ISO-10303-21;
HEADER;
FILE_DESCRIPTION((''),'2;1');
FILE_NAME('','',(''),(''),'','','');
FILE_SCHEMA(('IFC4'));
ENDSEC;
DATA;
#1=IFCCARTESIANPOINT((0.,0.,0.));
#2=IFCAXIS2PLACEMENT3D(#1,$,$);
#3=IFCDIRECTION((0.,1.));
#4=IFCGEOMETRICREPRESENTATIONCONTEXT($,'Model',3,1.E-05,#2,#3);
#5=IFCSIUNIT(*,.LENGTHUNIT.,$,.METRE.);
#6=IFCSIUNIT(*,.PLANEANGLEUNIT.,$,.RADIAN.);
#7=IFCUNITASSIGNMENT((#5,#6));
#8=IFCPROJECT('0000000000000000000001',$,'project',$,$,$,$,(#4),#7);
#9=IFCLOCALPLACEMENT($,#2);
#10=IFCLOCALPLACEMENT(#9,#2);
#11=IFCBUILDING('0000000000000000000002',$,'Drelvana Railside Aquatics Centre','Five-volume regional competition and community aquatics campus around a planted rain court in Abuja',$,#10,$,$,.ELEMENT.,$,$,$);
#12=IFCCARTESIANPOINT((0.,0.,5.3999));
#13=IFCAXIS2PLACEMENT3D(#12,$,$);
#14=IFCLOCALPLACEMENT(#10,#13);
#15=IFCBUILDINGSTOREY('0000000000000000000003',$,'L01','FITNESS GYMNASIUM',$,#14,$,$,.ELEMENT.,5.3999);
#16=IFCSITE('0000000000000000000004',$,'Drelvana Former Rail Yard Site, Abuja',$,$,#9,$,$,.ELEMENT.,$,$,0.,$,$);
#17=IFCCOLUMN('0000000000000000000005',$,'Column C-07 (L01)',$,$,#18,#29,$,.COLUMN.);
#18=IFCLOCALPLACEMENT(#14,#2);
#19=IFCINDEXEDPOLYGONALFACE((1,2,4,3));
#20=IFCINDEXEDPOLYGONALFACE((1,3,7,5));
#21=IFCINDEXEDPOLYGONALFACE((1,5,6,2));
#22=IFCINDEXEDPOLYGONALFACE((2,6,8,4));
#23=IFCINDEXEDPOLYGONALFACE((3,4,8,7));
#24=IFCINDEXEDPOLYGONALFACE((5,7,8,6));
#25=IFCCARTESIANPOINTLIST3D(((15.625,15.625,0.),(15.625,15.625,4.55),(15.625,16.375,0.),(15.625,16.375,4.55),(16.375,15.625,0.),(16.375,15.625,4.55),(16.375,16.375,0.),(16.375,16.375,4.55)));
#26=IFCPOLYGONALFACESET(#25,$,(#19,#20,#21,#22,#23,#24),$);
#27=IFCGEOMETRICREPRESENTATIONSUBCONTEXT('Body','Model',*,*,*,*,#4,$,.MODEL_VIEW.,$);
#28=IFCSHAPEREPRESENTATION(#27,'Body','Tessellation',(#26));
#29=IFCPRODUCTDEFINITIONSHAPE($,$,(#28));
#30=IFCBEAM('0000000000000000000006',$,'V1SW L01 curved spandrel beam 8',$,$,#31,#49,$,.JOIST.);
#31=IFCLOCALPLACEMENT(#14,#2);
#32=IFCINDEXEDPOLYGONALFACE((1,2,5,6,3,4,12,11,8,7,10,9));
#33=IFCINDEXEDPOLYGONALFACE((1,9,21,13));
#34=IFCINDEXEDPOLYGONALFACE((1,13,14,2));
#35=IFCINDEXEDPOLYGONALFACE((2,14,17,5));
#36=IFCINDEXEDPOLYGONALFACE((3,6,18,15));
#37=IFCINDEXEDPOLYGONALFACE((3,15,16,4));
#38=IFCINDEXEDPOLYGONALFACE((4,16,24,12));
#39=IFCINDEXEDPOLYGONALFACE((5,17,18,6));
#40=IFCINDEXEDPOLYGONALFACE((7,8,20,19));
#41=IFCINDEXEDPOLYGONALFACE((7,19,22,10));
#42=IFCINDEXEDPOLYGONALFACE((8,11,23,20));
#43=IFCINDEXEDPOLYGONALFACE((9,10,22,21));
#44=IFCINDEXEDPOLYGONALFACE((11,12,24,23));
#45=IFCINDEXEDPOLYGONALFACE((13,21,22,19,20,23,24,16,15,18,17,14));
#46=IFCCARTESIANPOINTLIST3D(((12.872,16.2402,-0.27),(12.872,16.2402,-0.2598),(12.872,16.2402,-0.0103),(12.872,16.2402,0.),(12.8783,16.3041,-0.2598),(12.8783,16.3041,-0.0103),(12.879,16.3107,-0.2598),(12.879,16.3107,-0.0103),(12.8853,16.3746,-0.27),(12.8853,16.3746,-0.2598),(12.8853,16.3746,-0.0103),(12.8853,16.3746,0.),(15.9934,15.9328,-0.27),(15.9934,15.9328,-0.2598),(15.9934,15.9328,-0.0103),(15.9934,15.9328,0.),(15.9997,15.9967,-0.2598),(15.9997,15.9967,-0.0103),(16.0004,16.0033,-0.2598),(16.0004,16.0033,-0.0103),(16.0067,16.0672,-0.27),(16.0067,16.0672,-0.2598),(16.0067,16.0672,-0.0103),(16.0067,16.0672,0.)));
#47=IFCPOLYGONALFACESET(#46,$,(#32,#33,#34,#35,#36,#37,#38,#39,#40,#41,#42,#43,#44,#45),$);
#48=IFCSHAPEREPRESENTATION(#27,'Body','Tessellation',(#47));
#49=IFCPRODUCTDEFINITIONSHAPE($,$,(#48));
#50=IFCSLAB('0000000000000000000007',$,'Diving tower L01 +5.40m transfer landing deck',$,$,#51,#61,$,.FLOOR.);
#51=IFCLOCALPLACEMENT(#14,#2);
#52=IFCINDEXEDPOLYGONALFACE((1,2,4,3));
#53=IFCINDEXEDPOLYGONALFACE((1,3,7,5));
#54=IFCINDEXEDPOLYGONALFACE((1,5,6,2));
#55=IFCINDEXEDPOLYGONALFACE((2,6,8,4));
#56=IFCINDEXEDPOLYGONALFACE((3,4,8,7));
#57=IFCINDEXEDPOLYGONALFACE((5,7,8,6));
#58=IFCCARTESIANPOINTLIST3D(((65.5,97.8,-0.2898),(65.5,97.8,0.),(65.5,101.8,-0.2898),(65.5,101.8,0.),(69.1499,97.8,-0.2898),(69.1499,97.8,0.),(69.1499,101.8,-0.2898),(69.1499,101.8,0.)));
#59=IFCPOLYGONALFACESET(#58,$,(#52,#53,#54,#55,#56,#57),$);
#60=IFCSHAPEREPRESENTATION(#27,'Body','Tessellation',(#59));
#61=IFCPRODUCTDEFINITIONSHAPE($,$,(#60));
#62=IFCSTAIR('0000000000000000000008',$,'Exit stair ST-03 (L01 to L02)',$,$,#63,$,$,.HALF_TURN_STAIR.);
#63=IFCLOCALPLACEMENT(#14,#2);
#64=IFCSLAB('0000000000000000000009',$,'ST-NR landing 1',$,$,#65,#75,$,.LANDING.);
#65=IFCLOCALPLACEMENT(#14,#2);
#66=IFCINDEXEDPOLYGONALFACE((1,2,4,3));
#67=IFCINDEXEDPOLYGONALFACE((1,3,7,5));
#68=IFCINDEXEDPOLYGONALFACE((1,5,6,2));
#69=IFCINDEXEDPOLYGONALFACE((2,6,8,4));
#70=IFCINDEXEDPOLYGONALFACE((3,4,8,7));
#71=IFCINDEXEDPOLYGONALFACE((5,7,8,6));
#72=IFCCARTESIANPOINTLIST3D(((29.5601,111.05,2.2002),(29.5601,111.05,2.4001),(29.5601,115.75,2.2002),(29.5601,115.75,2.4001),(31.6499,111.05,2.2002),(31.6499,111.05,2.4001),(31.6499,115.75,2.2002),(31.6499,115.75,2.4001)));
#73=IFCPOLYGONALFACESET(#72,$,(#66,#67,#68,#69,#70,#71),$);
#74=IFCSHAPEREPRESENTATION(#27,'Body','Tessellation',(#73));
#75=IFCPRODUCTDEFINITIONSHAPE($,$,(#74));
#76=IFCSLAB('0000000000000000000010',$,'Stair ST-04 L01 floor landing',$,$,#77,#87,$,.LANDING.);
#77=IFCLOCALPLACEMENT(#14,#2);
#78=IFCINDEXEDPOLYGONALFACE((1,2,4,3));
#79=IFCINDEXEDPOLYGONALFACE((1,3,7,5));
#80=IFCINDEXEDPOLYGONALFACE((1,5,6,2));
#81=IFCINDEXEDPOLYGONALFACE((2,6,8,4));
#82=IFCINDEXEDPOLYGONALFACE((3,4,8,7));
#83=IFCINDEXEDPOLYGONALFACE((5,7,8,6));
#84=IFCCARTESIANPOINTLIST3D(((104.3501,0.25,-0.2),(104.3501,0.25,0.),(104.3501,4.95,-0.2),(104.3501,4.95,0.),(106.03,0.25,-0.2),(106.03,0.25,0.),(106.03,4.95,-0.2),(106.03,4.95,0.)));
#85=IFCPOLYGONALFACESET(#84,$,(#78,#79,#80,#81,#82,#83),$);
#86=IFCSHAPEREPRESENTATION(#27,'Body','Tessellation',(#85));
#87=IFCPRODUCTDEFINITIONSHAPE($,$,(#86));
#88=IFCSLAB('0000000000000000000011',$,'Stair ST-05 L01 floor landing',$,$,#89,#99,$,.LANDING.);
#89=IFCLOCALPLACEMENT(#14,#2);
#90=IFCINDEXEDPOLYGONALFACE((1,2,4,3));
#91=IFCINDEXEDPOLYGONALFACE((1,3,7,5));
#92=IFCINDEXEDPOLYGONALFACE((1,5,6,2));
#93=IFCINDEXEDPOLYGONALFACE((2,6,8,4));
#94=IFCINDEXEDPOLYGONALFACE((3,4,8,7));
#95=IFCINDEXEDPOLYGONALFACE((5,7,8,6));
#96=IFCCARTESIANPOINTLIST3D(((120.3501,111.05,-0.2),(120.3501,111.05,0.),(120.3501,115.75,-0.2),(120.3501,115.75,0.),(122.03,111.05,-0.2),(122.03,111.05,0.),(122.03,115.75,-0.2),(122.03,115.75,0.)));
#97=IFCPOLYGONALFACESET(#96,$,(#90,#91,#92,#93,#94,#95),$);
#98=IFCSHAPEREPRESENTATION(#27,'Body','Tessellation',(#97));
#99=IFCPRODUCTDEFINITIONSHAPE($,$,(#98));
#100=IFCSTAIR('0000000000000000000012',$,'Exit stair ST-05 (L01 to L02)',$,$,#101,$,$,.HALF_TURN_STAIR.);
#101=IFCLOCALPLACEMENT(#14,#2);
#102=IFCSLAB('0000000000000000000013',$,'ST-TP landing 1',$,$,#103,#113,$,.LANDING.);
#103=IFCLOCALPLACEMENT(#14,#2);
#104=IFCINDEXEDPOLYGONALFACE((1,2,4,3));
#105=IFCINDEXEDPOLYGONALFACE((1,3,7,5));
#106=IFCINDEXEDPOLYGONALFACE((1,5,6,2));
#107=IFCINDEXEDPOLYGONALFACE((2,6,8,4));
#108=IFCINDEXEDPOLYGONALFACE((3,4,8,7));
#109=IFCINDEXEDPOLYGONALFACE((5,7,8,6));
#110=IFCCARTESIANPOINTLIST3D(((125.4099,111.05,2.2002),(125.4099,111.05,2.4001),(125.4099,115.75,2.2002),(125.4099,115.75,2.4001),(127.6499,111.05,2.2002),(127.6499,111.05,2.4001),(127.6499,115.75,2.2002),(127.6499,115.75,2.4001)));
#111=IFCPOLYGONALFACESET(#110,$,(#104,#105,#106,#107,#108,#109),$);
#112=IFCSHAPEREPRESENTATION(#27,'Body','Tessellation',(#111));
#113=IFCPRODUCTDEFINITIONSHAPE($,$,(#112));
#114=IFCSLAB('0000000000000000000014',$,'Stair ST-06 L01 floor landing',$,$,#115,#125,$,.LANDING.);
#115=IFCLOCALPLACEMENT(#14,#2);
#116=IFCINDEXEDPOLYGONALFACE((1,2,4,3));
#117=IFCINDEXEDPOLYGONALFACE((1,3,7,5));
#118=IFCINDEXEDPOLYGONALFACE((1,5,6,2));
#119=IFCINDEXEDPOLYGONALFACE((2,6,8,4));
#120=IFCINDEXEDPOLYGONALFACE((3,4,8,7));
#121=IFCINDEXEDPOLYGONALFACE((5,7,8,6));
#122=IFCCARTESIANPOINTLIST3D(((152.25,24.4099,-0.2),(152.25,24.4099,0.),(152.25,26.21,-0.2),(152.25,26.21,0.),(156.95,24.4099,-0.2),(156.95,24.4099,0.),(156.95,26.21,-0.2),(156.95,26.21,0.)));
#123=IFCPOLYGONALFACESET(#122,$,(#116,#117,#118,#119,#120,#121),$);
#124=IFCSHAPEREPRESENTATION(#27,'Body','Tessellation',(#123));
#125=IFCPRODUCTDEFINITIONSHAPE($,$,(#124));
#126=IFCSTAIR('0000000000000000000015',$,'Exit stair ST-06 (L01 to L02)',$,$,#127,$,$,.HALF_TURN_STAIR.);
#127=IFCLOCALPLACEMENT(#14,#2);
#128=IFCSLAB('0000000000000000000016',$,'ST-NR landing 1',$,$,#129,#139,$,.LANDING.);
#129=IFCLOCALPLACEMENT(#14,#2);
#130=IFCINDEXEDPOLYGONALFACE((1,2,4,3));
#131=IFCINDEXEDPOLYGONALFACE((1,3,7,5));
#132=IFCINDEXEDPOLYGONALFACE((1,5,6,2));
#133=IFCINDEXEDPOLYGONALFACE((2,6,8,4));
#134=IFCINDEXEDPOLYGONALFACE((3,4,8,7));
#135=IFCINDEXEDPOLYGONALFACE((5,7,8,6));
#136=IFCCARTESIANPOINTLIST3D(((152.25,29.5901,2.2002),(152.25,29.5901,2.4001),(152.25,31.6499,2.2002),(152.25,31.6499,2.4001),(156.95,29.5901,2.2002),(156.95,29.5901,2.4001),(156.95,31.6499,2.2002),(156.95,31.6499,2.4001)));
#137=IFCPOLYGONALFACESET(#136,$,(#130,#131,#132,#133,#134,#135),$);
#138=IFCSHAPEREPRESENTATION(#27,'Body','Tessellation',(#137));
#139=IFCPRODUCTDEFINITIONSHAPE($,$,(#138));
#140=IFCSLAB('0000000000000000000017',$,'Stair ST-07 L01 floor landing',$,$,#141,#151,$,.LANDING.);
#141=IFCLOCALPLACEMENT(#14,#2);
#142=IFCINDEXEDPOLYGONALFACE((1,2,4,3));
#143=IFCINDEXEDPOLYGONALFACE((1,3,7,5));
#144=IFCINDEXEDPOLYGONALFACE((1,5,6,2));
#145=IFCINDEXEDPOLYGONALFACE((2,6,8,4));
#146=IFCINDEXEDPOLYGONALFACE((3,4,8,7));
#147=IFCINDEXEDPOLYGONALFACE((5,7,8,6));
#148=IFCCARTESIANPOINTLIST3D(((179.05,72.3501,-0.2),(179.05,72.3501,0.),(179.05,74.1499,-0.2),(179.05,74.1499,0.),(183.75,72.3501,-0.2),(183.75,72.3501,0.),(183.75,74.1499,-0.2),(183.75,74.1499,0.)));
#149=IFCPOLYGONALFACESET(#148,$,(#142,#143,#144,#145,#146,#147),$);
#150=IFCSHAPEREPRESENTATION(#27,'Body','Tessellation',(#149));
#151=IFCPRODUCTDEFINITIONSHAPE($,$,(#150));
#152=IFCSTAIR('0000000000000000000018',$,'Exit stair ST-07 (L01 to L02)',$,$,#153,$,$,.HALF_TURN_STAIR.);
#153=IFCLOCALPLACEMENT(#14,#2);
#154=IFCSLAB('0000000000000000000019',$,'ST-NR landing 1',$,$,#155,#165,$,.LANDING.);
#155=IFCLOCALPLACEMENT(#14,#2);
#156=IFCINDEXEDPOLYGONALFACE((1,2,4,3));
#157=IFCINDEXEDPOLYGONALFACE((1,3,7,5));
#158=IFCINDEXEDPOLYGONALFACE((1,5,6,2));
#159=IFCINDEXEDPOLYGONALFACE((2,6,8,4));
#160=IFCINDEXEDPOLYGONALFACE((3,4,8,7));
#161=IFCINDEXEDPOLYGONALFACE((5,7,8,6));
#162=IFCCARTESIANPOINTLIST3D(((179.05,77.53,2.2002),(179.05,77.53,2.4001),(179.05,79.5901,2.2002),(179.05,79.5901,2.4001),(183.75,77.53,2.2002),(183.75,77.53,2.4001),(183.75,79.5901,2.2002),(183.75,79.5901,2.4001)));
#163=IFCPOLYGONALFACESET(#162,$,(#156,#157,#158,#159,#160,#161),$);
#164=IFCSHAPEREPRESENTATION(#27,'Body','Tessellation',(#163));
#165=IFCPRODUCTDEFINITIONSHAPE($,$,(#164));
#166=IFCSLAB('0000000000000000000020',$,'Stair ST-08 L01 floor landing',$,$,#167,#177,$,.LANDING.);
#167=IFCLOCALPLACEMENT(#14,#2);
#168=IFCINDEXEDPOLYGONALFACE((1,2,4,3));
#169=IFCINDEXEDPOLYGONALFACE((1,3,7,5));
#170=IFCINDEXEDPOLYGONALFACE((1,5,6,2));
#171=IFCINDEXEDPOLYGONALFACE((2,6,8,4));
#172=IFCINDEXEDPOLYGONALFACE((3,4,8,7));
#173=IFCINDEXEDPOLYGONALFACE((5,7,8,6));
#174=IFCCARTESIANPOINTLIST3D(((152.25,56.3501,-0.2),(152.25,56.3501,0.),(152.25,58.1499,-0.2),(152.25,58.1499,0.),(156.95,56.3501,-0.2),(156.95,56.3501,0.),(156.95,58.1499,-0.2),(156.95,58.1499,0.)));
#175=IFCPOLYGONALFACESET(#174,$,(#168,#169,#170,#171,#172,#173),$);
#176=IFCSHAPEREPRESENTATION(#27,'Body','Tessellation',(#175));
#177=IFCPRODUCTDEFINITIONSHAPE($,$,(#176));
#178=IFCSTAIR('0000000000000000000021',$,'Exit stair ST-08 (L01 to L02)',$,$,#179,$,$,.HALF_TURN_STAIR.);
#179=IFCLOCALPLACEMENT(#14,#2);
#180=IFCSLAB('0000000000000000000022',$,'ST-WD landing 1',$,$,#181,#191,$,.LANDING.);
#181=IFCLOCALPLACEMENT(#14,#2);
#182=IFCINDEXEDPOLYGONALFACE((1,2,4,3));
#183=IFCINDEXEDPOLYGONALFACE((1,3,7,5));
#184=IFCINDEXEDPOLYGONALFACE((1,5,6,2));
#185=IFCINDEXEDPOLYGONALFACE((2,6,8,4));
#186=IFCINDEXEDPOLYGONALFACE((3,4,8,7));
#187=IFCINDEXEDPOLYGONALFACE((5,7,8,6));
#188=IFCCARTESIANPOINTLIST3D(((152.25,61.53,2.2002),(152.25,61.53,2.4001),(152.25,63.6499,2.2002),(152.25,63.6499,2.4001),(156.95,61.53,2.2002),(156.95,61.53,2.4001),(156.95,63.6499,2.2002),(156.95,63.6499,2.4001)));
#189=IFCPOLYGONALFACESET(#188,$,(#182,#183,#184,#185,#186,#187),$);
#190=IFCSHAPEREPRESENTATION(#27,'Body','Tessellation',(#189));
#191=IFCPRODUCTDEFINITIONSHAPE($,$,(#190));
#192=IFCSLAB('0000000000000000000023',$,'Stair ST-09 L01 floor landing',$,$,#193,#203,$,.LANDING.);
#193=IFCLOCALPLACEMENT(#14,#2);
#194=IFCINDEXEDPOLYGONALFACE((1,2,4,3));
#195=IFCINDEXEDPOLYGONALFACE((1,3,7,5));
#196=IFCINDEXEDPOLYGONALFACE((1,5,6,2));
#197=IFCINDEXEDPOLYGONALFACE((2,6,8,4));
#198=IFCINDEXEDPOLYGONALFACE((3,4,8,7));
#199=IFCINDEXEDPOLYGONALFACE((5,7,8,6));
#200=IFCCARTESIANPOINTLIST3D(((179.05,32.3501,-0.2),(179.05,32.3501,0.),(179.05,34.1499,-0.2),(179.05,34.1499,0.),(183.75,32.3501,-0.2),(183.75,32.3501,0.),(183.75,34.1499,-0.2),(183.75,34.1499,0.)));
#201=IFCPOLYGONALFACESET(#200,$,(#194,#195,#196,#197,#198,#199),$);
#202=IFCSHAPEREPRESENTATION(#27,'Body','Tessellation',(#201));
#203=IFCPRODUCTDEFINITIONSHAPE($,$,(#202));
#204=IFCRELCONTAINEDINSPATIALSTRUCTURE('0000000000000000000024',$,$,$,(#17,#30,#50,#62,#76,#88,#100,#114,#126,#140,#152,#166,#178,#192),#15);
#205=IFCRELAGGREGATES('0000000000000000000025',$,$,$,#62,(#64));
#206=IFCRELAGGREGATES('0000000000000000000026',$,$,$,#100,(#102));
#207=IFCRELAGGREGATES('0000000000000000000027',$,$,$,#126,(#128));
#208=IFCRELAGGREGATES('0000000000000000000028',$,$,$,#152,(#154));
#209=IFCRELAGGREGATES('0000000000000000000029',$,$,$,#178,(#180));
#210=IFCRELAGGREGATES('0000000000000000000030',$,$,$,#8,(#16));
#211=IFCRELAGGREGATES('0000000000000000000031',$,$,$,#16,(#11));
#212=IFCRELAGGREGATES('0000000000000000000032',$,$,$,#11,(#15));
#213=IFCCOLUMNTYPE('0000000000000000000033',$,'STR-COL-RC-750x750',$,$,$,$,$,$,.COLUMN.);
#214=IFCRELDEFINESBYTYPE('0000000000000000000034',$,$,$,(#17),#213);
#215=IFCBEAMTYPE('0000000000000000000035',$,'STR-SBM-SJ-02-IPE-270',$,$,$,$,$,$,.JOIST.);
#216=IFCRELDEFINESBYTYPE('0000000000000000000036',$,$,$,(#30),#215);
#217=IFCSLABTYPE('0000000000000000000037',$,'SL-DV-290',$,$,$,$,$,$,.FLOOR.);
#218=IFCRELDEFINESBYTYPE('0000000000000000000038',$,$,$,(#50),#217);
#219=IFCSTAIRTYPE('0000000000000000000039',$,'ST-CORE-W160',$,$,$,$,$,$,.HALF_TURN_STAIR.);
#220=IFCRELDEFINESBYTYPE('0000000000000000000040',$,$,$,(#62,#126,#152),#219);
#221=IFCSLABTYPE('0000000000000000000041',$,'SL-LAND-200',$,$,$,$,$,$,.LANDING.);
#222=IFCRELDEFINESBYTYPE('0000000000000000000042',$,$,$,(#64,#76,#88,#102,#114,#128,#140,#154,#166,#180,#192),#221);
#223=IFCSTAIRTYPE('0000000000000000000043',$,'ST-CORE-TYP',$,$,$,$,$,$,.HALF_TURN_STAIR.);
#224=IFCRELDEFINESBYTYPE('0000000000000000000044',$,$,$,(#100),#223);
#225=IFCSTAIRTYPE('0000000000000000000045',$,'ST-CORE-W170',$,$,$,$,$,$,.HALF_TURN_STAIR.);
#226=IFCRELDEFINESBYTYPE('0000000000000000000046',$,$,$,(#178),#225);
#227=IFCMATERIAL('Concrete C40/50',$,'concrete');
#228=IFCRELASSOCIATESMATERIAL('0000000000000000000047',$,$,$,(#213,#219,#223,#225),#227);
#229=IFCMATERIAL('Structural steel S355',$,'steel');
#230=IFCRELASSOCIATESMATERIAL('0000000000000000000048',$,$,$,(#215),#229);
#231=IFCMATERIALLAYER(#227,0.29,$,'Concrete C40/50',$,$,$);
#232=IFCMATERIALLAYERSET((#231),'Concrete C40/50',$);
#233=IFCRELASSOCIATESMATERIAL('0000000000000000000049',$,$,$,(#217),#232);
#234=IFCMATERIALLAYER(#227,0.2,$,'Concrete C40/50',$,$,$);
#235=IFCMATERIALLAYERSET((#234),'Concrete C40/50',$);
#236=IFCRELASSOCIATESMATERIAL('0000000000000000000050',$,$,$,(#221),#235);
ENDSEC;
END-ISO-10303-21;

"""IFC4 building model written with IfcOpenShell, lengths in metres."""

from ifc_helpers import new_model, si_unit, direction, frame, origin, origin_2d, place, context, subcontext, project, spatial, polyline, rectangle, i_section, outline, extrude, material, layer, layer_set, material_profile, profile_set, type_object, element, aggregate, save


model = new_model("IFC4")

# Units and contexts
model_context = context("Model", 3, precision=1e-05, world=origin(), true_north=direction((0.0, 1.0)))
body_context = subcontext(model_context, "Body", "Model", "MODEL_VIEW")
ifc_project = project(units=[si_unit("LENGTHUNIT", "METRE"), si_unit("PLANEANGLEUNIT", "RADIAN")], contexts=[model_context])

# Site, building, storey
site_placement = place(None, origin())
site = spatial("IfcSite", under=ifc_project, at=site_placement, Name="Drelvana Former Rail Yard Site, Abuja", CompositionType="ELEMENT", RefElevation=0.0)
building_placement = place(site_placement, origin())
building = spatial("IfcBuilding", under=site, at=building_placement, Name="Drelvana Railside Aquatics Centre", Description="Five-volume regional competition and community aquatics campus around a planted rain court in Abuja", CompositionType="ELEMENT")
storey_placement = place(building_placement, frame((0.0, 0.0, 5.3999)))
storey = spatial("IfcBuildingStorey", under=building, at=storey_placement, Name="L01", Description="FITNESS GYMNASIUM", CompositionType="ELEMENT", Elevation=5.3999)

# Column
ifc_material_1 = material(Name="Concrete C40/50", Category="concrete")
ifc_material_profile_1 = material_profile(ifc_material_1, rectangle(XDim=0.75, YDim=0.75, at=origin_2d()), Name="RC 750x750")
ifc_profile_set_1 = profile_set([ifc_material_profile_1], Name="Concrete C40/50")
column_type = type_object("IfcColumnType", Name="STR-COL-RC-750x750", PredefinedType="COLUMN", material=ifc_profile_set_1)
column_placement = place(storey_placement, frame((16.0, 16.0, 0.0), z_axis=(0.0, 0.0, 1.0), x_axis=(1.0, 0.0, 0.0)))
element("IfcColumn", 1, at=column_placement, inside=storey, type_object=column_type, Name="Column C-07 (L01)", PredefinedType="COLUMN", context=body_context, shape_type="SweptSolid", body=[
    extrude(rectangle(XDim=0.75, YDim=0.75, at=origin_2d()), origin(), (0.0, 0.0, 1.0), 4.55),
])

# Beam
ifc_material_2 = material(Name="Structural steel S355", Category="steel")
ifc_material_profile_2 = material_profile(ifc_material_2, i_section(OverallWidth=0.135, OverallDepth=0.27, WebThickness=0.0066, FlangeThickness=0.0103, at=origin_2d()), Name="IPE 270")
ifc_profile_set_2 = profile_set([ifc_material_profile_2], Name="Structural steel S355")
beam_type = type_object("IfcBeamType", Name="STR-SBM-SJ-02-IPE-270", PredefinedType="JOIST", material=ifc_profile_set_2)
beam_placement = place(storey_placement, frame((12.8787, 16.3074, -0.135), z_axis=(0.995186, -0.098001, 0.0), x_axis=(0.098001, 0.995186, 0.0)))
element("IfcBeam", 2, at=beam_placement, inside=storey, type_object=beam_type, Name="V1SW L01 curved spandrel beam 8", PredefinedType="JOIST", context=body_context, shape_type="SweptSolid", body=[
    extrude(i_section(OverallWidth=0.135, OverallDepth=0.27, WebThickness=0.0066, FlangeThickness=0.0103, at=origin_2d()), origin(), (0.0, 0.0, 1.0), 3.1365),
])

# Slab
ifc_layer_1 = layer(ifc_material_1, 0.29, Name="Concrete C40/50")
ifc_layer_set_1 = layer_set([ifc_layer_1], Name="Concrete C40/50")
slab_type_1 = type_object("IfcSlabType", Name="SL-DV-290", PredefinedType="FLOOR", material=ifc_layer_set_1)
slab_1_placement = place(storey_placement, frame((0.0, 0.0, -0.2898)))
element("IfcSlab", 3, at=slab_1_placement, inside=storey, type_object=slab_type_1, Name="Diving tower L01 +5.40m transfer landing deck", PredefinedType="FLOOR", context=body_context, shape_type="SweptSolid", body=[
    extrude(outline(polyline([(65.5, 97.8), (69.1499, 97.8), (69.1499, 101.8), (65.5, 101.8), (65.5, 97.8)])), origin(), (0.0, 0.0, 1.0), 0.2898),
])

# Stair, slab
stair_type_1 = type_object("IfcStairType", Name="ST-CORE-W160", PredefinedType="HALF_TURN_STAIR", material=ifc_material_1)
stair_1_placement = place(storey_placement, origin())
stair_1 = element("IfcStair", 4, at=stair_1_placement, inside=storey, type_object=stair_type_1, Name="Exit stair ST-03 (L01 to L02)", PredefinedType="HALF_TURN_STAIR")
ifc_layer_2 = layer(ifc_material_1, 0.2, Name="Concrete C40/50")
ifc_layer_set_2 = layer_set([ifc_layer_2], Name="Concrete C40/50")
slab_type_2 = type_object("IfcSlabType", Name="SL-LAND-200", PredefinedType="LANDING", material=ifc_layer_set_2)
slab_2_placement = place(storey_placement, frame((0.0, 0.0, 2.2002)))
slab_2 = element("IfcSlab", 5, at=slab_2_placement, type_object=slab_type_2, Name="ST-NR landing 1", PredefinedType="LANDING", context=body_context, shape_type="SweptSolid", body=[
    extrude(outline(polyline([(29.5601, 111.05), (31.6499, 111.05), (31.6499, 115.75), (29.5601, 115.75), (29.5601, 111.05)])), origin(), (0.0, 0.0, 1.0), 0.2),
])
aggregate(stair_1, [slab_2])

# Slabs
slab_3_placement = place(storey_placement, frame((0.0, 0.0, -0.2)))
element("IfcSlab", 6, at=slab_3_placement, inside=storey, type_object=slab_type_2, Name="Stair ST-04 L01 floor landing", PredefinedType="LANDING", context=body_context, shape_type="SweptSolid", body=[
    extrude(outline(polyline([(104.3501, 0.25), (106.03, 0.25), (106.03, 4.95), (104.3501, 4.95), (104.3501, 0.25)])), origin(), (0.0, 0.0, 1.0), 0.2),
])
slab_4_placement = place(storey_placement, frame((0.0, 0.0, -0.2)))
element("IfcSlab", 7, at=slab_4_placement, inside=storey, type_object=slab_type_2, Name="Stair ST-05 L01 floor landing", PredefinedType="LANDING", context=body_context, shape_type="SweptSolid", body=[
    extrude(outline(polyline([(120.3501, 111.05), (122.03, 111.05), (122.03, 115.75), (120.3501, 115.75), (120.3501, 111.05)])), origin(), (0.0, 0.0, 1.0), 0.2),
])

# Stair, slab
stair_type_2 = type_object("IfcStairType", Name="ST-CORE-TYP", PredefinedType="HALF_TURN_STAIR", material=ifc_material_1)
stair_2_placement = place(storey_placement, origin())
stair_2 = element("IfcStair", 8, at=stair_2_placement, inside=storey, type_object=stair_type_2, Name="Exit stair ST-05 (L01 to L02)", PredefinedType="HALF_TURN_STAIR")
slab_5_placement = place(storey_placement, frame((0.0, 0.0, 2.2002)))
slab_5 = element("IfcSlab", 9, at=slab_5_placement, type_object=slab_type_2, Name="ST-TP landing 1", PredefinedType="LANDING", context=body_context, shape_type="SweptSolid", body=[
    extrude(outline(polyline([(125.4099, 111.05), (127.6499, 111.05), (127.6499, 115.75), (125.4099, 115.75), (125.4099, 111.05)])), origin(), (0.0, 0.0, 1.0), 0.2),
])
aggregate(stair_2, [slab_5])

# Slab
slab_6_placement = place(storey_placement, frame((0.0, 0.0, -0.2)))
element("IfcSlab", 10, at=slab_6_placement, inside=storey, type_object=slab_type_2, Name="Stair ST-06 L01 floor landing", PredefinedType="LANDING", context=body_context, shape_type="SweptSolid", body=[
    extrude(outline(polyline([(152.25, 24.4099), (156.95, 24.4099), (156.95, 26.21), (152.25, 26.21), (152.25, 24.4099)])), origin(), (0.0, 0.0, 1.0), 0.2),
])

# Stair, slab
stair_3_placement = place(storey_placement, origin())
stair_3 = element("IfcStair", 11, at=stair_3_placement, inside=storey, type_object=stair_type_1, Name="Exit stair ST-06 (L01 to L02)", PredefinedType="HALF_TURN_STAIR")
slab_7_placement = place(storey_placement, frame((0.0, 0.0, 2.2002)))
slab_7 = element("IfcSlab", 12, at=slab_7_placement, type_object=slab_type_2, Name="ST-NR landing 1", PredefinedType="LANDING", context=body_context, shape_type="SweptSolid", body=[
    extrude(outline(polyline([(152.25, 29.5901), (156.95, 29.5901), (156.95, 31.6499), (152.25, 31.6499), (152.25, 29.5901)])), origin(), (0.0, 0.0, 1.0), 0.2),
])
aggregate(stair_3, [slab_7])

# Slab
slab_8_placement = place(storey_placement, frame((0.0, 0.0, -0.2)))
element("IfcSlab", 13, at=slab_8_placement, inside=storey, type_object=slab_type_2, Name="Stair ST-07 L01 floor landing", PredefinedType="LANDING", context=body_context, shape_type="SweptSolid", body=[
    extrude(outline(polyline([(179.05, 72.3501), (183.75, 72.3501), (183.75, 74.1499), (179.05, 74.1499), (179.05, 72.3501)])), origin(), (0.0, 0.0, 1.0), 0.2),
])

# Stair, slab
stair_4_placement = place(storey_placement, origin())
stair_4 = element("IfcStair", 14, at=stair_4_placement, inside=storey, type_object=stair_type_1, Name="Exit stair ST-07 (L01 to L02)", PredefinedType="HALF_TURN_STAIR")
slab_9_placement = place(storey_placement, frame((0.0, 0.0, 2.2002)))
slab_9 = element("IfcSlab", 15, at=slab_9_placement, type_object=slab_type_2, Name="ST-NR landing 1", PredefinedType="LANDING", context=body_context, shape_type="SweptSolid", body=[
    extrude(outline(polyline([(179.05, 77.53), (183.75, 77.53), (183.75, 79.5901), (179.05, 79.5901), (179.05, 77.53)])), origin(), (0.0, 0.0, 1.0), 0.2),
])
aggregate(stair_4, [slab_9])

# Slab
slab_10_placement = place(storey_placement, frame((0.0, 0.0, -0.2)))
element("IfcSlab", 16, at=slab_10_placement, inside=storey, type_object=slab_type_2, Name="Stair ST-08 L01 floor landing", PredefinedType="LANDING", context=body_context, shape_type="SweptSolid", body=[
    extrude(outline(polyline([(152.25, 56.3501), (156.95, 56.3501), (156.95, 58.1499), (152.25, 58.1499), (152.25, 56.3501)])), origin(), (0.0, 0.0, 1.0), 0.2),
])

# Stair, slab
stair_type_3 = type_object("IfcStairType", Name="ST-CORE-W170", PredefinedType="HALF_TURN_STAIR", material=ifc_material_1)
stair_5_placement = place(storey_placement, origin())
stair_5 = element("IfcStair", 17, at=stair_5_placement, inside=storey, type_object=stair_type_3, Name="Exit stair ST-08 (L01 to L02)", PredefinedType="HALF_TURN_STAIR")
slab_11_placement = place(storey_placement, frame((0.0, 0.0, 2.2002)))
slab_11 = element("IfcSlab", 18, at=slab_11_placement, type_object=slab_type_2, Name="ST-WD landing 1", PredefinedType="LANDING", context=body_context, shape_type="SweptSolid", body=[
    extrude(outline(polyline([(152.25, 61.53), (156.95, 61.53), (156.95, 63.6499), (152.25, 63.6499), (152.25, 61.53)])), origin(), (0.0, 0.0, 1.0), 0.2),
])
aggregate(stair_5, [slab_11])

# Slab
slab_12_placement = place(storey_placement, frame((0.0, 0.0, -0.2)))
element("IfcSlab", 19, at=slab_12_placement, inside=storey, type_object=slab_type_2, Name="Stair ST-09 L01 floor landing", PredefinedType="LANDING", context=body_context, shape_type="SweptSolid", body=[
    extrude(outline(polyline([(179.05, 32.3501), (183.75, 32.3501), (183.75, 34.1499), (179.05, 34.1499), (179.05, 32.3501)])), origin(), (0.0, 0.0, 1.0), 0.2),
])

save(model, "model.ifc")
